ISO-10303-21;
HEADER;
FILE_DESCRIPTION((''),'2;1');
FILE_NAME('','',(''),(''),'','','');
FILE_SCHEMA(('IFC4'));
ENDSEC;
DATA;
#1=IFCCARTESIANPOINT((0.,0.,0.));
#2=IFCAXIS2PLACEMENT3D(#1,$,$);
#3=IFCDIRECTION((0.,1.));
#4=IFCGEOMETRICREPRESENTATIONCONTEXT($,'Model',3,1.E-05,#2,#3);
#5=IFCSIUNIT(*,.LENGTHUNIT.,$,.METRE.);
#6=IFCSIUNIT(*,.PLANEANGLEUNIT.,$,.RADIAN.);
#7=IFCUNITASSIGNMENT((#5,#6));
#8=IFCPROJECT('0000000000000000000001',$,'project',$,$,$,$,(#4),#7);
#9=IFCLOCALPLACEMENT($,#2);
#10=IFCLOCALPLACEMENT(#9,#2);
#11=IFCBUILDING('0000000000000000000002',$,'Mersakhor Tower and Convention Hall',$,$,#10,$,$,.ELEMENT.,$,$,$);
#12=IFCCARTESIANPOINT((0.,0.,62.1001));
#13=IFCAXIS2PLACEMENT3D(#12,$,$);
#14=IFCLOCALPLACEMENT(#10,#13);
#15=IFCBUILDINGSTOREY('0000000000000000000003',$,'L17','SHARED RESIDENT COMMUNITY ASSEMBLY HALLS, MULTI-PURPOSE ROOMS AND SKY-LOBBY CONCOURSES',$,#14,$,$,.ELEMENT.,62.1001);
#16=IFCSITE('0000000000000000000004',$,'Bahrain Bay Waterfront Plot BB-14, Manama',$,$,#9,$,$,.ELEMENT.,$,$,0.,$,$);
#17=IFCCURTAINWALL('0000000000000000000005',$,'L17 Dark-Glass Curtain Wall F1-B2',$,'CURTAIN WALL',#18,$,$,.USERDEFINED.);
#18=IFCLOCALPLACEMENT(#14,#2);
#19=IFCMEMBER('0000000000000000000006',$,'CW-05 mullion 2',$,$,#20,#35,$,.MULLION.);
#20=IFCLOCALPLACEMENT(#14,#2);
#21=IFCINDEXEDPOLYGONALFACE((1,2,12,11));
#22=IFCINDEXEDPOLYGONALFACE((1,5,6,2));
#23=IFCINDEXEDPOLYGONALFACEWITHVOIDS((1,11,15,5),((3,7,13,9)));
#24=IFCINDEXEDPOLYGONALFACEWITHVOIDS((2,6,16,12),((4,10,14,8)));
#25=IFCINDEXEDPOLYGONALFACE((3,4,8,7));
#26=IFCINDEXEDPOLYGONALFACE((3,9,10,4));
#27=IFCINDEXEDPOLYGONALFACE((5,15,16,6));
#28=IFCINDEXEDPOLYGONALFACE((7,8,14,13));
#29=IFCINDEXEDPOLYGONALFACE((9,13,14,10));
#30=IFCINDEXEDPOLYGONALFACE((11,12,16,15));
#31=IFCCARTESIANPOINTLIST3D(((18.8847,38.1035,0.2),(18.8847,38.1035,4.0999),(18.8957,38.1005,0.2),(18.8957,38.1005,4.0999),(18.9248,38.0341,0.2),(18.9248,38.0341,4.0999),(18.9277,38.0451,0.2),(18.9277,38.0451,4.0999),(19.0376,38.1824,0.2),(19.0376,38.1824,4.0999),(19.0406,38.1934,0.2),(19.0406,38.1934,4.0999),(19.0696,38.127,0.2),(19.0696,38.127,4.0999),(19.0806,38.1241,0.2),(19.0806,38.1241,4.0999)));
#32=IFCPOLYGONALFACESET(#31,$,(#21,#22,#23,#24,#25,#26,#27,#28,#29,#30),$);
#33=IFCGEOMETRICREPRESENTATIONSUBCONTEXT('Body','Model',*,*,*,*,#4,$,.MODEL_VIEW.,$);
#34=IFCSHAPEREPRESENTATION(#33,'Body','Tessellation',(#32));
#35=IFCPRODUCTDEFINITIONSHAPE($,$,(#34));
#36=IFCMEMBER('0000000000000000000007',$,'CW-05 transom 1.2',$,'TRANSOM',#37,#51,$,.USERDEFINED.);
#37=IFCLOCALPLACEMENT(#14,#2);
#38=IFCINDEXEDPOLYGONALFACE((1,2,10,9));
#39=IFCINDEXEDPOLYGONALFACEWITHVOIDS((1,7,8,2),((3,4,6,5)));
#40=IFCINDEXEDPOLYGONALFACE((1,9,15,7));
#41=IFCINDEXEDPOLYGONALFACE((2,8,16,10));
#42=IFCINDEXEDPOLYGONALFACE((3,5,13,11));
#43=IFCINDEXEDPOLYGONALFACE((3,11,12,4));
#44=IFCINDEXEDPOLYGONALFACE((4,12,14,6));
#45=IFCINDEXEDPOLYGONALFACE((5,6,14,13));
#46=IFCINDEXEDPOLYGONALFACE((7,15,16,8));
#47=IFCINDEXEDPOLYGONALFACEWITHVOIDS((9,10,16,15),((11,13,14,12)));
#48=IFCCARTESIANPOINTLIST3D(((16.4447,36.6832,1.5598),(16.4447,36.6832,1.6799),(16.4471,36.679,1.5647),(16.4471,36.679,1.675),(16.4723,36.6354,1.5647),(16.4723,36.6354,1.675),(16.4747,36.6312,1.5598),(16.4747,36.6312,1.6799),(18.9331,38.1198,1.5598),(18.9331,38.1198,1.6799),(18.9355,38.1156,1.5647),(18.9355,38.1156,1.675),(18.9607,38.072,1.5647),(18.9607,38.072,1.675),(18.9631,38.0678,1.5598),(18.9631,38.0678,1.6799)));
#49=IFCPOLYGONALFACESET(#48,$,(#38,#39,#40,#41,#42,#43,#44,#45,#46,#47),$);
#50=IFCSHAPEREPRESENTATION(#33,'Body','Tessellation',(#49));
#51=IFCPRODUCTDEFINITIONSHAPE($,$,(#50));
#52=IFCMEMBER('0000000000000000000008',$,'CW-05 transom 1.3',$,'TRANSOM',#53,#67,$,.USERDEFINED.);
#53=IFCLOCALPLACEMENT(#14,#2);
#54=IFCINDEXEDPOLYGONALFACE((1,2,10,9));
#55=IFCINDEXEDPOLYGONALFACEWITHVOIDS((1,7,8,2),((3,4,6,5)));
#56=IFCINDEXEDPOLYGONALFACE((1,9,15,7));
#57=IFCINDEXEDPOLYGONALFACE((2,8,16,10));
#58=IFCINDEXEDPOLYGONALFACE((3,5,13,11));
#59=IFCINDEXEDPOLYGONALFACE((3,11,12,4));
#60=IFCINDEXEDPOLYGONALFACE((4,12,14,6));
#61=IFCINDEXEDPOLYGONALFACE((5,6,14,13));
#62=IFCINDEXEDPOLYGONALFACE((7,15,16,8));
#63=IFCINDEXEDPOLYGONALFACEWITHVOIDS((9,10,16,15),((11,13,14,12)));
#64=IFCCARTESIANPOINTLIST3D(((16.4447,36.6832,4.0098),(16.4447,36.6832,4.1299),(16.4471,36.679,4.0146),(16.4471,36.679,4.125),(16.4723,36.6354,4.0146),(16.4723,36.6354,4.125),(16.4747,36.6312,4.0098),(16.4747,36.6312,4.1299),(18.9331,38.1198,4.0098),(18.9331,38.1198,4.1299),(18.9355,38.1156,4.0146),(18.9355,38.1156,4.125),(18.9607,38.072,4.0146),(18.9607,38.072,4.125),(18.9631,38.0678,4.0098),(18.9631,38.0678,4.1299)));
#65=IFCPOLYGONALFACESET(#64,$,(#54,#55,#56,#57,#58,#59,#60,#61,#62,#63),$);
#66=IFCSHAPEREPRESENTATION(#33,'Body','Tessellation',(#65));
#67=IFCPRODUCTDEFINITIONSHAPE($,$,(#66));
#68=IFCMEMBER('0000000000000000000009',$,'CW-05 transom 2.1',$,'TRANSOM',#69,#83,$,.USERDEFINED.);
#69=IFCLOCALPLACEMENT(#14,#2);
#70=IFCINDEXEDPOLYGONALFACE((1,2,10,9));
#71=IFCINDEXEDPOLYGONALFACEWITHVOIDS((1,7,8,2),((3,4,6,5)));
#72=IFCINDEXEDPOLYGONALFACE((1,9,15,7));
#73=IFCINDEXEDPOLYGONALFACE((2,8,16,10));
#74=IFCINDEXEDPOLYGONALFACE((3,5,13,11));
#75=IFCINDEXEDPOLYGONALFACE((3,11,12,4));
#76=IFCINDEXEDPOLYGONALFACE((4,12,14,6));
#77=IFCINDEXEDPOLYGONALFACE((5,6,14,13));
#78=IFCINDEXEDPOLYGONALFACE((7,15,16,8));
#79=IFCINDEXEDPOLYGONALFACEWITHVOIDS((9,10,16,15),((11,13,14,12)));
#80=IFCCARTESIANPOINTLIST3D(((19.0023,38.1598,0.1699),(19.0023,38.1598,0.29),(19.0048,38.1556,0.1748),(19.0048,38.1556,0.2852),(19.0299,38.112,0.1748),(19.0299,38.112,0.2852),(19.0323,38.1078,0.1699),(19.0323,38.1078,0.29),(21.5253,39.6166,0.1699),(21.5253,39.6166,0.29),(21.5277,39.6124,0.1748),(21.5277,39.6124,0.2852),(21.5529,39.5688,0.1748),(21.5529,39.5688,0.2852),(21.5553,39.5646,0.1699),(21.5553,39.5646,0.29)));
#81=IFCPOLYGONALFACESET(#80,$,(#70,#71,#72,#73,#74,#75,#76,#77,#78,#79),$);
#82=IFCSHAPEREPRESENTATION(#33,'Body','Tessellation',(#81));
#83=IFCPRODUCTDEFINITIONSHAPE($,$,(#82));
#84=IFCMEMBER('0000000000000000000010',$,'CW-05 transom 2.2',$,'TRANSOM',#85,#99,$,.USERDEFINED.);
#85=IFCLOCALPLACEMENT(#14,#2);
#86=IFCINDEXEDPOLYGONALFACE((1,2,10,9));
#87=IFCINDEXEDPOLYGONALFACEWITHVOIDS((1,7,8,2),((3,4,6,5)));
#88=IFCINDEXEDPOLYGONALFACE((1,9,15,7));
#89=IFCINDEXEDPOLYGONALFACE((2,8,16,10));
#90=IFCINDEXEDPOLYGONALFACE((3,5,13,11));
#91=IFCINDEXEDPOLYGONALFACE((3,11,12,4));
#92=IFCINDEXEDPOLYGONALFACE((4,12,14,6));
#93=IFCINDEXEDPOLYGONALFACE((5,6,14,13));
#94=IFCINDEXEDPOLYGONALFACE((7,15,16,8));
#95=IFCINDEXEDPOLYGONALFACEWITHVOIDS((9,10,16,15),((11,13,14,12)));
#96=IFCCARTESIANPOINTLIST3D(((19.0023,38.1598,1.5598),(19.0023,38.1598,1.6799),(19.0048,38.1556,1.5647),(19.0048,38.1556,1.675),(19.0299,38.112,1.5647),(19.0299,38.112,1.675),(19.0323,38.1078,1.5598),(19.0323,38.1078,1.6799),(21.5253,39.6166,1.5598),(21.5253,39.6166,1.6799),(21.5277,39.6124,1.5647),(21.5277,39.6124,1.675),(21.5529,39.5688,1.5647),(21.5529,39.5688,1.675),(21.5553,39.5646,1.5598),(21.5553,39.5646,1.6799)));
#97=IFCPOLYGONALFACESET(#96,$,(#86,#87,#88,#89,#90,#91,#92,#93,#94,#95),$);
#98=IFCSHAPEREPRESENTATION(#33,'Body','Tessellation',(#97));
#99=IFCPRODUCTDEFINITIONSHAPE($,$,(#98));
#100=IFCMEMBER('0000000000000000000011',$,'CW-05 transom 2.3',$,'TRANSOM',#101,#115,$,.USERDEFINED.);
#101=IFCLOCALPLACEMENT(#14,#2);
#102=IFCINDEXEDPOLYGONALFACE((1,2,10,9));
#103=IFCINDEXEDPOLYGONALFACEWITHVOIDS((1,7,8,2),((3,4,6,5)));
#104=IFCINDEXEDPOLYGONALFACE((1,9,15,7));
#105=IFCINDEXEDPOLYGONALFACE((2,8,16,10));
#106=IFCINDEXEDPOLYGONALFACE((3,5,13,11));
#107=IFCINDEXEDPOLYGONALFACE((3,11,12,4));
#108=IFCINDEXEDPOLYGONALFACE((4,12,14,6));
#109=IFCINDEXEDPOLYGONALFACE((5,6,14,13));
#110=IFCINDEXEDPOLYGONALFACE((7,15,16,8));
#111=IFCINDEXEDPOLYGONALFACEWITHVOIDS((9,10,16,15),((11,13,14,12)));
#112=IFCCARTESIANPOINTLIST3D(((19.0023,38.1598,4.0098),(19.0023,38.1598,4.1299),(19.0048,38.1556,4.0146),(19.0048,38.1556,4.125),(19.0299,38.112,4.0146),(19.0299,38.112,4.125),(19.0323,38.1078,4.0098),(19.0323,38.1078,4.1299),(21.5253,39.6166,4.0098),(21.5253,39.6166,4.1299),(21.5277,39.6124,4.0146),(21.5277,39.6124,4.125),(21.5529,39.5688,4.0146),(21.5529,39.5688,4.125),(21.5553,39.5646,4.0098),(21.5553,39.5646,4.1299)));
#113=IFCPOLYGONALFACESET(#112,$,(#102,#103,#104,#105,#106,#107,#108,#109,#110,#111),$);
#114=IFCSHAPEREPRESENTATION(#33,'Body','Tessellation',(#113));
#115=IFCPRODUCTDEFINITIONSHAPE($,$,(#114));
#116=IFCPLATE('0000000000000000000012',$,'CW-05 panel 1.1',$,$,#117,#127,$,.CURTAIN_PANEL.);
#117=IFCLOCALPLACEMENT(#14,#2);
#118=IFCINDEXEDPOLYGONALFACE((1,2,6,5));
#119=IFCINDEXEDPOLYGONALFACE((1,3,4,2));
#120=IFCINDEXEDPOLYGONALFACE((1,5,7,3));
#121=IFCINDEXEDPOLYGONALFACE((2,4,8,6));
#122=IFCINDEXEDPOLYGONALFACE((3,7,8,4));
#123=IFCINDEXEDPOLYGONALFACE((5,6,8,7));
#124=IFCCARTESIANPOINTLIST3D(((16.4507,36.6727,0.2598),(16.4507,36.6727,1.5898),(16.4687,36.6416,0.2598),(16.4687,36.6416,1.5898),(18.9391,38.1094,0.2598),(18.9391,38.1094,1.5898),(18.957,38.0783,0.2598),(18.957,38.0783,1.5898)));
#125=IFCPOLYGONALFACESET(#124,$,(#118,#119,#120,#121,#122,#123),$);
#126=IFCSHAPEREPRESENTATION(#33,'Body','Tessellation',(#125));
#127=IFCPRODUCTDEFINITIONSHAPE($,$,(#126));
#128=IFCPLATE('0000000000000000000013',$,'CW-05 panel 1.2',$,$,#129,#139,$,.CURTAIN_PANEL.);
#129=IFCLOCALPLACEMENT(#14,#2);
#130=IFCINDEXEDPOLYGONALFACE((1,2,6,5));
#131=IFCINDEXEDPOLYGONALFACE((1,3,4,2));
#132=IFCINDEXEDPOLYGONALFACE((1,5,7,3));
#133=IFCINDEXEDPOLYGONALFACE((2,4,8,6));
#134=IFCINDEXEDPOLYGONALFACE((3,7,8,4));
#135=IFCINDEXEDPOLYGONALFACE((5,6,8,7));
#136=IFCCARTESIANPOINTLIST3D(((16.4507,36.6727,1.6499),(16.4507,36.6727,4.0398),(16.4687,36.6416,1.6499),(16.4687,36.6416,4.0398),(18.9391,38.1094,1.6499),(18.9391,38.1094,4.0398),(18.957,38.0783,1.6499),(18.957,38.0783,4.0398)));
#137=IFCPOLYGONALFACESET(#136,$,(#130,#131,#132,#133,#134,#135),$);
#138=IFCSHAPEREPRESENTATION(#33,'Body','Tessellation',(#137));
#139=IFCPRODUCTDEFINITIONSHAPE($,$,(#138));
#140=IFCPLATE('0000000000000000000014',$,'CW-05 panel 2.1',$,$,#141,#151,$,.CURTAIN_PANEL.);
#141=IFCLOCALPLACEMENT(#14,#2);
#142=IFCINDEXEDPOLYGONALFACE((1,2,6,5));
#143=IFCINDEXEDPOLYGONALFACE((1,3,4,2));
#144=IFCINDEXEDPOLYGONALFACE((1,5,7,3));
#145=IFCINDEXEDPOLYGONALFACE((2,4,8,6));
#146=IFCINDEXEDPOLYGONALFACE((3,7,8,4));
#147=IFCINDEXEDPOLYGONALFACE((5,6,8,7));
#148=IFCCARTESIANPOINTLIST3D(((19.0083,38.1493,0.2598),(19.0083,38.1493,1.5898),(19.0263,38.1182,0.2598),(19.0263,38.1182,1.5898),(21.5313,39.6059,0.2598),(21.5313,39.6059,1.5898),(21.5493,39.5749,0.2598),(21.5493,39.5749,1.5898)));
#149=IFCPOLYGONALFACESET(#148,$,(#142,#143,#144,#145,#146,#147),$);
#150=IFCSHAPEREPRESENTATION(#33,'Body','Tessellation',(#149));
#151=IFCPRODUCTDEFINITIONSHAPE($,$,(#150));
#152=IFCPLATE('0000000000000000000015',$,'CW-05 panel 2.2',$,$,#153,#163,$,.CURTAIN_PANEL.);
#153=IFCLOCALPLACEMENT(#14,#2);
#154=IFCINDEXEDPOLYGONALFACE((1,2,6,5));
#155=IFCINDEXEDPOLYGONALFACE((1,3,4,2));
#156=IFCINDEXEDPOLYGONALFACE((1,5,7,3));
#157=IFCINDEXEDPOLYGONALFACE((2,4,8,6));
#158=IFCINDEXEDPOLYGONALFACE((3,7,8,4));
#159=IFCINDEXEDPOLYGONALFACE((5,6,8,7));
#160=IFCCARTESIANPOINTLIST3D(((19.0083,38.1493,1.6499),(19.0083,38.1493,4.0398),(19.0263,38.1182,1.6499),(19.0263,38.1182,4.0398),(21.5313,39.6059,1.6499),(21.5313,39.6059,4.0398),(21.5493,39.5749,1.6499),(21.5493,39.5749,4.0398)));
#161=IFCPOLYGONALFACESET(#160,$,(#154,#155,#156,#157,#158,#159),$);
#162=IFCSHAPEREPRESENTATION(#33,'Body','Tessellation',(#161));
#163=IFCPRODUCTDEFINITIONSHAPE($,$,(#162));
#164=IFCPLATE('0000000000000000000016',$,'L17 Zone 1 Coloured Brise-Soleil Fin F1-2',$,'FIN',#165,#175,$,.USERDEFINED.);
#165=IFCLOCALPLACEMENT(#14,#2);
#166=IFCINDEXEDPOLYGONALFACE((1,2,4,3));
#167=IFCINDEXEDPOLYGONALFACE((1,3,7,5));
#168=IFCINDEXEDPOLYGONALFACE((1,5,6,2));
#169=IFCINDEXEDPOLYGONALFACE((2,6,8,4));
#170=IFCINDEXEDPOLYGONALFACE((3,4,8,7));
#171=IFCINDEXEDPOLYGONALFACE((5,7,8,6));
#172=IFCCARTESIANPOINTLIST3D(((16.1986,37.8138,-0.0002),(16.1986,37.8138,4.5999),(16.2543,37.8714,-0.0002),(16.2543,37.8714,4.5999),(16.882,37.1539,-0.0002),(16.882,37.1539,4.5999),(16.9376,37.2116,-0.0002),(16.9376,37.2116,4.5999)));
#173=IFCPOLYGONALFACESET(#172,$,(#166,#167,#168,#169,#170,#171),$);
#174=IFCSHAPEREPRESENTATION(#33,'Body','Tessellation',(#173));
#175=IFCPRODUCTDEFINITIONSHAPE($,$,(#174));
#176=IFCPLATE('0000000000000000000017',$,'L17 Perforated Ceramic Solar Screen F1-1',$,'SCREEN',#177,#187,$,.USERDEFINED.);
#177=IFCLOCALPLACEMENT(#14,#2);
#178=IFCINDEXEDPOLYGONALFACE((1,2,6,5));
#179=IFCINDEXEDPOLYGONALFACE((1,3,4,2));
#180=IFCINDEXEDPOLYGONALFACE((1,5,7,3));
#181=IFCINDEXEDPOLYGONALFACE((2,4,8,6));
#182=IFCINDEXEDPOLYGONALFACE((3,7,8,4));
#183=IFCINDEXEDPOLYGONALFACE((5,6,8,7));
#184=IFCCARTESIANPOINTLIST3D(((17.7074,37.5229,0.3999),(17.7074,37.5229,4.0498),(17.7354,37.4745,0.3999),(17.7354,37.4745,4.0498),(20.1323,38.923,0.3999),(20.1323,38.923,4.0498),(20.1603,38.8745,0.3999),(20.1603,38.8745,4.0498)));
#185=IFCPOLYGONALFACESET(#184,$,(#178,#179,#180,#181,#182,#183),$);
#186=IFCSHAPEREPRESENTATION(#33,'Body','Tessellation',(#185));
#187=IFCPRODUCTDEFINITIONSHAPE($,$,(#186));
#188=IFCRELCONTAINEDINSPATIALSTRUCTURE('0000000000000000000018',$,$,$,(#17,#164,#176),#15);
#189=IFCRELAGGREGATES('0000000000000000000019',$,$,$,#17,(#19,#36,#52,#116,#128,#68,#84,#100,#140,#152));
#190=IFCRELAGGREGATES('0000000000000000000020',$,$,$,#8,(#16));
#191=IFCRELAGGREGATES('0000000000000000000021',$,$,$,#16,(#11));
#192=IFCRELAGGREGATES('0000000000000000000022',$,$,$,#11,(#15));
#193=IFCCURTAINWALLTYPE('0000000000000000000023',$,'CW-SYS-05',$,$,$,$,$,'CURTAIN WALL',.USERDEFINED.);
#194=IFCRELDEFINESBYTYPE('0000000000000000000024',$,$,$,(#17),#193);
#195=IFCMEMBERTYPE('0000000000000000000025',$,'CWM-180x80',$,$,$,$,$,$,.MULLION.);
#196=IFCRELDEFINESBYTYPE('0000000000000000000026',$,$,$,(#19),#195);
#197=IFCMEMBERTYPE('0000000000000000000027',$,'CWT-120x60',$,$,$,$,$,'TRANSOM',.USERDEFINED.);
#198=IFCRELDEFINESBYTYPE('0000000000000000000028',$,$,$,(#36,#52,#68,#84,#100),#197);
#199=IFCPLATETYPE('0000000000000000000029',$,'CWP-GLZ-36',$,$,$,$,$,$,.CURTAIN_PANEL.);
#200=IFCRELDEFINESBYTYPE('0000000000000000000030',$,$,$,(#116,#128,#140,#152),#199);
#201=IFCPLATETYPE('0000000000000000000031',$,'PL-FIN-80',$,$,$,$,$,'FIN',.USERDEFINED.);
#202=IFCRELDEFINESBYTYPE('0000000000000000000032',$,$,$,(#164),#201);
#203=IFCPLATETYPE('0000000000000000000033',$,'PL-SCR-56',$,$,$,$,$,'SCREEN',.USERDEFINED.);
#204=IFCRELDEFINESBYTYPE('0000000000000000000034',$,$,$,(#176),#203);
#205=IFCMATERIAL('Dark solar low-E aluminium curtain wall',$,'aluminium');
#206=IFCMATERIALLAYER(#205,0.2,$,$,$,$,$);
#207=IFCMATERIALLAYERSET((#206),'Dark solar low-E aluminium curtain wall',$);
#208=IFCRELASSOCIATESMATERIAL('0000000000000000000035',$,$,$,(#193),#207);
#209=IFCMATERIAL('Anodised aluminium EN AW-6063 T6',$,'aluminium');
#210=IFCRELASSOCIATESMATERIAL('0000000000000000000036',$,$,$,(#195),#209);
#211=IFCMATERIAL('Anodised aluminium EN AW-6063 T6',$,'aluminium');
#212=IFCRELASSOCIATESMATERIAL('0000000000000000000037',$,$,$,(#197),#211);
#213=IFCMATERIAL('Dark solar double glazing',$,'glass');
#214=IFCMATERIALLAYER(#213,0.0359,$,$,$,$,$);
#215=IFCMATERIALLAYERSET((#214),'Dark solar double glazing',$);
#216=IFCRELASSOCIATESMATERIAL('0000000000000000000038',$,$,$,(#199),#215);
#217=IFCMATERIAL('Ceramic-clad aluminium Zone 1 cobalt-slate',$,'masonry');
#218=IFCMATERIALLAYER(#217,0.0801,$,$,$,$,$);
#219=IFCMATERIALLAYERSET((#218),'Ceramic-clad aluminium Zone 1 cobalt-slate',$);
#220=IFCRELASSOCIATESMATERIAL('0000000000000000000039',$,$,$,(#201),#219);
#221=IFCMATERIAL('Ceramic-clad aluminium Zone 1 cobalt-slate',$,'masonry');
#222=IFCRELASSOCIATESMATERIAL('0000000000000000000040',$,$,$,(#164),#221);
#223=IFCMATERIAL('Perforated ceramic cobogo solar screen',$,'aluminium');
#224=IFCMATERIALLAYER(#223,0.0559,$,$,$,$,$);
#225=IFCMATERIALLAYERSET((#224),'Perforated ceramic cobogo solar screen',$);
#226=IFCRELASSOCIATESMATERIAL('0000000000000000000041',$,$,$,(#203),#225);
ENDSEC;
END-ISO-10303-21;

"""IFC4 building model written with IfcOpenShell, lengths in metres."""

from ifc_helpers import new_model, si_unit, direction, frame, origin, origin_2d, place, context, subcontext, project, spatial, rectangle, hollow_rectangle, extrude, material, layer, layer_set, material_profile, profile_set, type_object, element, aggregate, save


model = new_model("IFC4")

# Units and contexts
model_context = context("Model", 3, precision=1e-05, world=origin(), true_north=direction((0.0, 1.0)))
body_context = subcontext(model_context, "Body", "Model", "MODEL_VIEW")
ifc_project = project(units=[si_unit("LENGTHUNIT", "METRE"), si_unit("PLANEANGLEUNIT", "RADIAN")], contexts=[model_context])

# Site, building, storey
site_placement = place(None, origin())
site = spatial("IfcSite", under=ifc_project, at=site_placement, Name="Bahrain Bay Waterfront Plot BB-14, Manama", CompositionType="ELEMENT", RefElevation=0.0)
building_placement = place(site_placement, origin())
building = spatial("IfcBuilding", under=site, at=building_placement, Name="Mersakhor Tower and Convention Hall", CompositionType="ELEMENT")
storey_placement = place(building_placement, frame((0.0, 0.0, 62.1001)))
storey = spatial("IfcBuildingStorey", under=building, at=storey_placement, Name="L17", Description="SHARED RESIDENT COMMUNITY ASSEMBLY HALLS, MULTI-PURPOSE ROOMS AND SKY-LOBBY CONCOURSES", CompositionType="ELEMENT", Elevation=62.1001)

# Curtain wall, members, plates
ifc_material_1 = material(Name="Dark solar low-E aluminium curtain wall", Category="aluminium")
ifc_layer_1 = layer(ifc_material_1, 0.2)
ifc_layer_set_1 = layer_set([ifc_layer_1], Name="Dark solar low-E aluminium curtain wall")
curtain_wall_type = type_object("IfcCurtainWallType", Name="CW-SYS-05", ElementType="CURTAIN WALL", PredefinedType="USERDEFINED", material=ifc_layer_set_1)
curtain_wall_placement = place(storey_placement, origin())
curtain_wall = element("IfcCurtainWall", 1, at=curtain_wall_placement, inside=storey, type_object=curtain_wall_type, Name="L17 Dark-Glass Curtain Wall F1-B2", ObjectType="CURTAIN WALL", PredefinedType="USERDEFINED")
ifc_material_2 = material(Name="Anodised aluminium EN AW-6063 T6", Category="aluminium")
ifc_material_profile_1 = material_profile(ifc_material_2, hollow_rectangle(XDim=0.0801, YDim=0.1799, WallThickness=0.0081, at=origin_2d()), Name="RHS 180x80x8")
ifc_profile_set_1 = profile_set([ifc_material_profile_1], Name="Anodised aluminium EN AW-6063 T6")
member_type_1 = type_object("IfcMemberType", Name="CWM-180x80", PredefinedType="MULLION", material=ifc_profile_set_1)
member_1_placement = place(storey_placement, frame((18.9827, 38.1138, 0.2), z_axis=(0.0, 0.0, 1.0), x_axis=(-0.500003, 0.866023, 0.0)))
member_1 = element("IfcMember", 2, at=member_1_placement, type_object=member_type_1, Name="CW-05 mullion 2", PredefinedType="MULLION", context=body_context, shape_type="SweptSolid", body=[
    extrude(hollow_rectangle(XDim=0.0801, YDim=0.1799, WallThickness=0.0081, at=origin_2d()), origin(), (0.0, 0.0, 1.0), 3.8999),
])
ifc_material_3 = material(Name="Anodised aluminium EN AW-6063 T6", Category="aluminium")
ifc_material_profile_2 = material_profile(ifc_material_3, hollow_rectangle(XDim=0.0601, YDim=0.1201, WallThickness=0.0049, at=origin_2d()), Name="RHS 120x60x5")
ifc_profile_set_2 = profile_set([ifc_material_profile_2], Name="Anodised aluminium EN AW-6063 T6")
member_type_2 = type_object("IfcMemberType", Name="CWT-120x60", ElementType="TRANSOM", PredefinedType="USERDEFINED", material=ifc_profile_set_2)
member_2_placement = place(storey_placement, frame((16.4597, 36.6572, 1.6199), z_axis=(0.866038, 0.499977, 0.0), x_axis=(-0.499977, 0.866038, 0.0)))
member_2 = element("IfcMember", 3, at=member_2_placement, type_object=member_type_2, Name="CW-05 transom 1.2", ObjectType="TRANSOM", PredefinedType="USERDEFINED", context=body_context, shape_type="SweptSolid", body=[
    extrude(hollow_rectangle(XDim=0.0601, YDim=0.1201, WallThickness=0.0049, at=origin_2d()), origin(), (0.0, 0.0, 1.0), 2.8733),
])
member_3_placement = place(storey_placement, frame((16.4597, 36.6572, 4.0698), z_axis=(0.866038, 0.499977, 0.0), x_axis=(-0.499977, 0.866038, 0.0)))
member_3 = element("IfcMember", 4, at=member_3_placement, type_object=member_type_2, Name="CW-05 transom 1.3", ObjectType="TRANSOM", PredefinedType="USERDEFINED", context=body_context, shape_type="SweptSolid", body=[
    extrude(hollow_rectangle(XDim=0.0601, YDim=0.1201, WallThickness=0.0049, at=origin_2d()), origin(), (0.0, 0.0, 1.0), 2.8733),
])
member_4_placement = place(storey_placement, frame((19.0173, 38.1338, 0.23), z_axis=(0.866001, 0.500042, 0.0), x_axis=(-0.500042, 0.866001, 0.0)))
member_4 = element("IfcMember", 5, at=member_4_placement, type_object=member_type_2, Name="CW-05 transom 2.1", ObjectType="TRANSOM", PredefinedType="USERDEFINED", context=body_context, shape_type="SweptSolid", body=[
    extrude(hollow_rectangle(XDim=0.0601, YDim=0.1201, WallThickness=0.0049, at=origin_2d()), origin(), (0.0, 0.0, 1.0), 2.9133),
])
member_5_placement = place(storey_placement, frame((19.0173, 38.1338, 1.6199), z_axis=(0.866001, 0.500042, 0.0), x_axis=(-0.500042, 0.866001, 0.0)))
member_5 = element("IfcMember", 6, at=member_5_placement, type_object=member_type_2, Name="CW-05 transom 2.2", ObjectType="TRANSOM", PredefinedType="USERDEFINED", context=body_context, shape_type="SweptSolid", body=[
    extrude(hollow_rectangle(XDim=0.0601, YDim=0.1201, WallThickness=0.0049, at=origin_2d()), origin(), (0.0, 0.0, 1.0), 2.9133),
])
member_6_placement = place(storey_placement, frame((19.0173, 38.1338, 4.0698), z_axis=(0.866001, 0.500042, 0.0), x_axis=(-0.500042, 0.866001, 0.0)))
member_6 = element("IfcMember", 7, at=member_6_placement, type_object=member_type_2, Name="CW-05 transom 2.3", ObjectType="TRANSOM", PredefinedType="USERDEFINED", context=body_context, shape_type="SweptSolid", body=[
    extrude(hollow_rectangle(XDim=0.0601, YDim=0.1201, WallThickness=0.0049, at=origin_2d()), origin(), (0.0, 0.0, 1.0), 2.9133),
])
ifc_material_4 = material(Name="Dark solar double glazing", Category="glass")
ifc_layer_2 = layer(ifc_material_4, 0.0359)
ifc_layer_set_2 = layer_set([ifc_layer_2], Name="Dark solar double glazing")
plate_type_1 = type_object("IfcPlateType", Name="CWP-GLZ-36", PredefinedType="CURTAIN_PANEL", material=ifc_layer_set_2)
plate_1_placement = place(storey_placement, frame((17.7039, 37.3755, 0.2598), z_axis=(0.0, 0.0, 1.0), x_axis=(0.866023, 0.500003, 0.0)))
plate_1 = element("IfcPlate", 8, at=plate_1_placement, type_object=plate_type_1, Name="CW-05 panel 1.1", PredefinedType="CURTAIN_PANEL", context=body_context, shape_type="SweptSolid", body=[
    extrude(rectangle(XDim=2.8733, YDim=0.0359, at=origin_2d()), origin(), (0.0, 0.0, 1.0), 1.3301),
])
plate_2_placement = place(storey_placement, frame((17.7039, 37.3755, 1.6499), z_axis=(0.0, 0.0, 1.0), x_axis=(0.866023, 0.500003, 0.0)))
plate_2 = element("IfcPlate", 9, at=plate_2_placement, type_object=plate_type_1, Name="CW-05 panel 1.2", PredefinedType="CURTAIN_PANEL", context=body_context, shape_type="SweptSolid", body=[
    extrude(rectangle(XDim=2.8733, YDim=0.0359, at=origin_2d()), origin(), (0.0, 0.0, 1.0), 2.3899),
])
plate_3_placement = place(storey_placement, frame((20.2788, 38.8621, 0.2598), z_axis=(0.0, 0.0, 1.0), x_axis=(0.866023, 0.500003, 0.0)))
plate_3 = element("IfcPlate", 10, at=plate_3_placement, type_object=plate_type_1, Name="CW-05 panel 2.1", PredefinedType="CURTAIN_PANEL", context=body_context, shape_type="SweptSolid", body=[
    extrude(rectangle(XDim=2.9133, YDim=0.0359, at=origin_2d()), origin(), (0.0, 0.0, 1.0), 1.3301),
])
plate_4_placement = place(storey_placement, frame((20.2788, 38.8621, 1.6499), z_axis=(0.0, 0.0, 1.0), x_axis=(0.866023, 0.500003, 0.0)))
plate_4 = element("IfcPlate", 11, at=plate_4_placement, type_object=plate_type_1, Name="CW-05 panel 2.2", PredefinedType="CURTAIN_PANEL", context=body_context, shape_type="SweptSolid", body=[
    extrude(rectangle(XDim=2.9133, YDim=0.0359, at=origin_2d()), origin(), (0.0, 0.0, 1.0), 2.3899),
])
aggregate(curtain_wall, [member_1, member_2, member_3, plate_1, plate_2, member_4, member_5, member_6, plate_3, plate_4])

# Plates
ifc_material_5 = material(Name="Ceramic-clad aluminium Zone 1 cobalt-slate", Category="masonry")
ifc_material_6 = material(Name="Ceramic-clad aluminium Zone 1 cobalt-slate", Category="masonry")
ifc_layer_3 = layer(ifc_material_6, 0.0801)
ifc_layer_set_3 = layer_set([ifc_layer_3], Name="Ceramic-clad aluminium Zone 1 cobalt-slate")
plate_type_2 = type_object("IfcPlateType", Name="PL-FIN-80", ElementType="FIN", PredefinedType="USERDEFINED", material=ifc_layer_set_3)
plate_5_placement = place(storey_placement, frame((16.5681, 37.5127, -0.0002), z_axis=(0.0, 0.0, 1.0), x_axis=(-0.71934, 0.694658, 0.0)))
element("IfcPlate", 12, at=plate_5_placement, inside=storey, type_object=plate_type_2, material=ifc_material_5, Name="L17 Zone 1 Coloured Brise-Soleil Fin F1-2", ObjectType="FIN", PredefinedType="USERDEFINED", context=body_context, shape_type="SweptSolid", body=[
    extrude(rectangle(XDim=0.95, YDim=0.0801, at=origin_2d()), origin(), (0.0, 0.0, 1.0), 4.6001),
])
ifc_material_7 = material(Name="Perforated ceramic cobogo solar screen", Category="aluminium")
ifc_layer_4 = layer(ifc_material_7, 0.0559)
ifc_layer_set_4 = layer_set([ifc_layer_4], Name="Perforated ceramic cobogo solar screen")
plate_type_3 = type_object("IfcPlateType", Name="PL-SCR-56", ElementType="SCREEN", PredefinedType="USERDEFINED", material=ifc_layer_set_4)
plate_6_placement = place(storey_placement, frame((18.9338, 38.1987, 0.3999), z_axis=(0.0, 0.0, 1.0), x_axis=(0.866025, 0.5, 0.0)))
element("IfcPlate", 13, at=plate_6_placement, inside=storey, type_object=plate_type_3, Name="L17 Perforated Ceramic Solar Screen F1-1", ObjectType="SCREEN", PredefinedType="USERDEFINED", context=body_context, shape_type="SweptSolid", body=[
    extrude(rectangle(XDim=2.8, YDim=0.0559, at=origin_2d()), origin(), (0.0, 0.0, 1.0), 3.6499),
])

save(model, "model.ifc")
